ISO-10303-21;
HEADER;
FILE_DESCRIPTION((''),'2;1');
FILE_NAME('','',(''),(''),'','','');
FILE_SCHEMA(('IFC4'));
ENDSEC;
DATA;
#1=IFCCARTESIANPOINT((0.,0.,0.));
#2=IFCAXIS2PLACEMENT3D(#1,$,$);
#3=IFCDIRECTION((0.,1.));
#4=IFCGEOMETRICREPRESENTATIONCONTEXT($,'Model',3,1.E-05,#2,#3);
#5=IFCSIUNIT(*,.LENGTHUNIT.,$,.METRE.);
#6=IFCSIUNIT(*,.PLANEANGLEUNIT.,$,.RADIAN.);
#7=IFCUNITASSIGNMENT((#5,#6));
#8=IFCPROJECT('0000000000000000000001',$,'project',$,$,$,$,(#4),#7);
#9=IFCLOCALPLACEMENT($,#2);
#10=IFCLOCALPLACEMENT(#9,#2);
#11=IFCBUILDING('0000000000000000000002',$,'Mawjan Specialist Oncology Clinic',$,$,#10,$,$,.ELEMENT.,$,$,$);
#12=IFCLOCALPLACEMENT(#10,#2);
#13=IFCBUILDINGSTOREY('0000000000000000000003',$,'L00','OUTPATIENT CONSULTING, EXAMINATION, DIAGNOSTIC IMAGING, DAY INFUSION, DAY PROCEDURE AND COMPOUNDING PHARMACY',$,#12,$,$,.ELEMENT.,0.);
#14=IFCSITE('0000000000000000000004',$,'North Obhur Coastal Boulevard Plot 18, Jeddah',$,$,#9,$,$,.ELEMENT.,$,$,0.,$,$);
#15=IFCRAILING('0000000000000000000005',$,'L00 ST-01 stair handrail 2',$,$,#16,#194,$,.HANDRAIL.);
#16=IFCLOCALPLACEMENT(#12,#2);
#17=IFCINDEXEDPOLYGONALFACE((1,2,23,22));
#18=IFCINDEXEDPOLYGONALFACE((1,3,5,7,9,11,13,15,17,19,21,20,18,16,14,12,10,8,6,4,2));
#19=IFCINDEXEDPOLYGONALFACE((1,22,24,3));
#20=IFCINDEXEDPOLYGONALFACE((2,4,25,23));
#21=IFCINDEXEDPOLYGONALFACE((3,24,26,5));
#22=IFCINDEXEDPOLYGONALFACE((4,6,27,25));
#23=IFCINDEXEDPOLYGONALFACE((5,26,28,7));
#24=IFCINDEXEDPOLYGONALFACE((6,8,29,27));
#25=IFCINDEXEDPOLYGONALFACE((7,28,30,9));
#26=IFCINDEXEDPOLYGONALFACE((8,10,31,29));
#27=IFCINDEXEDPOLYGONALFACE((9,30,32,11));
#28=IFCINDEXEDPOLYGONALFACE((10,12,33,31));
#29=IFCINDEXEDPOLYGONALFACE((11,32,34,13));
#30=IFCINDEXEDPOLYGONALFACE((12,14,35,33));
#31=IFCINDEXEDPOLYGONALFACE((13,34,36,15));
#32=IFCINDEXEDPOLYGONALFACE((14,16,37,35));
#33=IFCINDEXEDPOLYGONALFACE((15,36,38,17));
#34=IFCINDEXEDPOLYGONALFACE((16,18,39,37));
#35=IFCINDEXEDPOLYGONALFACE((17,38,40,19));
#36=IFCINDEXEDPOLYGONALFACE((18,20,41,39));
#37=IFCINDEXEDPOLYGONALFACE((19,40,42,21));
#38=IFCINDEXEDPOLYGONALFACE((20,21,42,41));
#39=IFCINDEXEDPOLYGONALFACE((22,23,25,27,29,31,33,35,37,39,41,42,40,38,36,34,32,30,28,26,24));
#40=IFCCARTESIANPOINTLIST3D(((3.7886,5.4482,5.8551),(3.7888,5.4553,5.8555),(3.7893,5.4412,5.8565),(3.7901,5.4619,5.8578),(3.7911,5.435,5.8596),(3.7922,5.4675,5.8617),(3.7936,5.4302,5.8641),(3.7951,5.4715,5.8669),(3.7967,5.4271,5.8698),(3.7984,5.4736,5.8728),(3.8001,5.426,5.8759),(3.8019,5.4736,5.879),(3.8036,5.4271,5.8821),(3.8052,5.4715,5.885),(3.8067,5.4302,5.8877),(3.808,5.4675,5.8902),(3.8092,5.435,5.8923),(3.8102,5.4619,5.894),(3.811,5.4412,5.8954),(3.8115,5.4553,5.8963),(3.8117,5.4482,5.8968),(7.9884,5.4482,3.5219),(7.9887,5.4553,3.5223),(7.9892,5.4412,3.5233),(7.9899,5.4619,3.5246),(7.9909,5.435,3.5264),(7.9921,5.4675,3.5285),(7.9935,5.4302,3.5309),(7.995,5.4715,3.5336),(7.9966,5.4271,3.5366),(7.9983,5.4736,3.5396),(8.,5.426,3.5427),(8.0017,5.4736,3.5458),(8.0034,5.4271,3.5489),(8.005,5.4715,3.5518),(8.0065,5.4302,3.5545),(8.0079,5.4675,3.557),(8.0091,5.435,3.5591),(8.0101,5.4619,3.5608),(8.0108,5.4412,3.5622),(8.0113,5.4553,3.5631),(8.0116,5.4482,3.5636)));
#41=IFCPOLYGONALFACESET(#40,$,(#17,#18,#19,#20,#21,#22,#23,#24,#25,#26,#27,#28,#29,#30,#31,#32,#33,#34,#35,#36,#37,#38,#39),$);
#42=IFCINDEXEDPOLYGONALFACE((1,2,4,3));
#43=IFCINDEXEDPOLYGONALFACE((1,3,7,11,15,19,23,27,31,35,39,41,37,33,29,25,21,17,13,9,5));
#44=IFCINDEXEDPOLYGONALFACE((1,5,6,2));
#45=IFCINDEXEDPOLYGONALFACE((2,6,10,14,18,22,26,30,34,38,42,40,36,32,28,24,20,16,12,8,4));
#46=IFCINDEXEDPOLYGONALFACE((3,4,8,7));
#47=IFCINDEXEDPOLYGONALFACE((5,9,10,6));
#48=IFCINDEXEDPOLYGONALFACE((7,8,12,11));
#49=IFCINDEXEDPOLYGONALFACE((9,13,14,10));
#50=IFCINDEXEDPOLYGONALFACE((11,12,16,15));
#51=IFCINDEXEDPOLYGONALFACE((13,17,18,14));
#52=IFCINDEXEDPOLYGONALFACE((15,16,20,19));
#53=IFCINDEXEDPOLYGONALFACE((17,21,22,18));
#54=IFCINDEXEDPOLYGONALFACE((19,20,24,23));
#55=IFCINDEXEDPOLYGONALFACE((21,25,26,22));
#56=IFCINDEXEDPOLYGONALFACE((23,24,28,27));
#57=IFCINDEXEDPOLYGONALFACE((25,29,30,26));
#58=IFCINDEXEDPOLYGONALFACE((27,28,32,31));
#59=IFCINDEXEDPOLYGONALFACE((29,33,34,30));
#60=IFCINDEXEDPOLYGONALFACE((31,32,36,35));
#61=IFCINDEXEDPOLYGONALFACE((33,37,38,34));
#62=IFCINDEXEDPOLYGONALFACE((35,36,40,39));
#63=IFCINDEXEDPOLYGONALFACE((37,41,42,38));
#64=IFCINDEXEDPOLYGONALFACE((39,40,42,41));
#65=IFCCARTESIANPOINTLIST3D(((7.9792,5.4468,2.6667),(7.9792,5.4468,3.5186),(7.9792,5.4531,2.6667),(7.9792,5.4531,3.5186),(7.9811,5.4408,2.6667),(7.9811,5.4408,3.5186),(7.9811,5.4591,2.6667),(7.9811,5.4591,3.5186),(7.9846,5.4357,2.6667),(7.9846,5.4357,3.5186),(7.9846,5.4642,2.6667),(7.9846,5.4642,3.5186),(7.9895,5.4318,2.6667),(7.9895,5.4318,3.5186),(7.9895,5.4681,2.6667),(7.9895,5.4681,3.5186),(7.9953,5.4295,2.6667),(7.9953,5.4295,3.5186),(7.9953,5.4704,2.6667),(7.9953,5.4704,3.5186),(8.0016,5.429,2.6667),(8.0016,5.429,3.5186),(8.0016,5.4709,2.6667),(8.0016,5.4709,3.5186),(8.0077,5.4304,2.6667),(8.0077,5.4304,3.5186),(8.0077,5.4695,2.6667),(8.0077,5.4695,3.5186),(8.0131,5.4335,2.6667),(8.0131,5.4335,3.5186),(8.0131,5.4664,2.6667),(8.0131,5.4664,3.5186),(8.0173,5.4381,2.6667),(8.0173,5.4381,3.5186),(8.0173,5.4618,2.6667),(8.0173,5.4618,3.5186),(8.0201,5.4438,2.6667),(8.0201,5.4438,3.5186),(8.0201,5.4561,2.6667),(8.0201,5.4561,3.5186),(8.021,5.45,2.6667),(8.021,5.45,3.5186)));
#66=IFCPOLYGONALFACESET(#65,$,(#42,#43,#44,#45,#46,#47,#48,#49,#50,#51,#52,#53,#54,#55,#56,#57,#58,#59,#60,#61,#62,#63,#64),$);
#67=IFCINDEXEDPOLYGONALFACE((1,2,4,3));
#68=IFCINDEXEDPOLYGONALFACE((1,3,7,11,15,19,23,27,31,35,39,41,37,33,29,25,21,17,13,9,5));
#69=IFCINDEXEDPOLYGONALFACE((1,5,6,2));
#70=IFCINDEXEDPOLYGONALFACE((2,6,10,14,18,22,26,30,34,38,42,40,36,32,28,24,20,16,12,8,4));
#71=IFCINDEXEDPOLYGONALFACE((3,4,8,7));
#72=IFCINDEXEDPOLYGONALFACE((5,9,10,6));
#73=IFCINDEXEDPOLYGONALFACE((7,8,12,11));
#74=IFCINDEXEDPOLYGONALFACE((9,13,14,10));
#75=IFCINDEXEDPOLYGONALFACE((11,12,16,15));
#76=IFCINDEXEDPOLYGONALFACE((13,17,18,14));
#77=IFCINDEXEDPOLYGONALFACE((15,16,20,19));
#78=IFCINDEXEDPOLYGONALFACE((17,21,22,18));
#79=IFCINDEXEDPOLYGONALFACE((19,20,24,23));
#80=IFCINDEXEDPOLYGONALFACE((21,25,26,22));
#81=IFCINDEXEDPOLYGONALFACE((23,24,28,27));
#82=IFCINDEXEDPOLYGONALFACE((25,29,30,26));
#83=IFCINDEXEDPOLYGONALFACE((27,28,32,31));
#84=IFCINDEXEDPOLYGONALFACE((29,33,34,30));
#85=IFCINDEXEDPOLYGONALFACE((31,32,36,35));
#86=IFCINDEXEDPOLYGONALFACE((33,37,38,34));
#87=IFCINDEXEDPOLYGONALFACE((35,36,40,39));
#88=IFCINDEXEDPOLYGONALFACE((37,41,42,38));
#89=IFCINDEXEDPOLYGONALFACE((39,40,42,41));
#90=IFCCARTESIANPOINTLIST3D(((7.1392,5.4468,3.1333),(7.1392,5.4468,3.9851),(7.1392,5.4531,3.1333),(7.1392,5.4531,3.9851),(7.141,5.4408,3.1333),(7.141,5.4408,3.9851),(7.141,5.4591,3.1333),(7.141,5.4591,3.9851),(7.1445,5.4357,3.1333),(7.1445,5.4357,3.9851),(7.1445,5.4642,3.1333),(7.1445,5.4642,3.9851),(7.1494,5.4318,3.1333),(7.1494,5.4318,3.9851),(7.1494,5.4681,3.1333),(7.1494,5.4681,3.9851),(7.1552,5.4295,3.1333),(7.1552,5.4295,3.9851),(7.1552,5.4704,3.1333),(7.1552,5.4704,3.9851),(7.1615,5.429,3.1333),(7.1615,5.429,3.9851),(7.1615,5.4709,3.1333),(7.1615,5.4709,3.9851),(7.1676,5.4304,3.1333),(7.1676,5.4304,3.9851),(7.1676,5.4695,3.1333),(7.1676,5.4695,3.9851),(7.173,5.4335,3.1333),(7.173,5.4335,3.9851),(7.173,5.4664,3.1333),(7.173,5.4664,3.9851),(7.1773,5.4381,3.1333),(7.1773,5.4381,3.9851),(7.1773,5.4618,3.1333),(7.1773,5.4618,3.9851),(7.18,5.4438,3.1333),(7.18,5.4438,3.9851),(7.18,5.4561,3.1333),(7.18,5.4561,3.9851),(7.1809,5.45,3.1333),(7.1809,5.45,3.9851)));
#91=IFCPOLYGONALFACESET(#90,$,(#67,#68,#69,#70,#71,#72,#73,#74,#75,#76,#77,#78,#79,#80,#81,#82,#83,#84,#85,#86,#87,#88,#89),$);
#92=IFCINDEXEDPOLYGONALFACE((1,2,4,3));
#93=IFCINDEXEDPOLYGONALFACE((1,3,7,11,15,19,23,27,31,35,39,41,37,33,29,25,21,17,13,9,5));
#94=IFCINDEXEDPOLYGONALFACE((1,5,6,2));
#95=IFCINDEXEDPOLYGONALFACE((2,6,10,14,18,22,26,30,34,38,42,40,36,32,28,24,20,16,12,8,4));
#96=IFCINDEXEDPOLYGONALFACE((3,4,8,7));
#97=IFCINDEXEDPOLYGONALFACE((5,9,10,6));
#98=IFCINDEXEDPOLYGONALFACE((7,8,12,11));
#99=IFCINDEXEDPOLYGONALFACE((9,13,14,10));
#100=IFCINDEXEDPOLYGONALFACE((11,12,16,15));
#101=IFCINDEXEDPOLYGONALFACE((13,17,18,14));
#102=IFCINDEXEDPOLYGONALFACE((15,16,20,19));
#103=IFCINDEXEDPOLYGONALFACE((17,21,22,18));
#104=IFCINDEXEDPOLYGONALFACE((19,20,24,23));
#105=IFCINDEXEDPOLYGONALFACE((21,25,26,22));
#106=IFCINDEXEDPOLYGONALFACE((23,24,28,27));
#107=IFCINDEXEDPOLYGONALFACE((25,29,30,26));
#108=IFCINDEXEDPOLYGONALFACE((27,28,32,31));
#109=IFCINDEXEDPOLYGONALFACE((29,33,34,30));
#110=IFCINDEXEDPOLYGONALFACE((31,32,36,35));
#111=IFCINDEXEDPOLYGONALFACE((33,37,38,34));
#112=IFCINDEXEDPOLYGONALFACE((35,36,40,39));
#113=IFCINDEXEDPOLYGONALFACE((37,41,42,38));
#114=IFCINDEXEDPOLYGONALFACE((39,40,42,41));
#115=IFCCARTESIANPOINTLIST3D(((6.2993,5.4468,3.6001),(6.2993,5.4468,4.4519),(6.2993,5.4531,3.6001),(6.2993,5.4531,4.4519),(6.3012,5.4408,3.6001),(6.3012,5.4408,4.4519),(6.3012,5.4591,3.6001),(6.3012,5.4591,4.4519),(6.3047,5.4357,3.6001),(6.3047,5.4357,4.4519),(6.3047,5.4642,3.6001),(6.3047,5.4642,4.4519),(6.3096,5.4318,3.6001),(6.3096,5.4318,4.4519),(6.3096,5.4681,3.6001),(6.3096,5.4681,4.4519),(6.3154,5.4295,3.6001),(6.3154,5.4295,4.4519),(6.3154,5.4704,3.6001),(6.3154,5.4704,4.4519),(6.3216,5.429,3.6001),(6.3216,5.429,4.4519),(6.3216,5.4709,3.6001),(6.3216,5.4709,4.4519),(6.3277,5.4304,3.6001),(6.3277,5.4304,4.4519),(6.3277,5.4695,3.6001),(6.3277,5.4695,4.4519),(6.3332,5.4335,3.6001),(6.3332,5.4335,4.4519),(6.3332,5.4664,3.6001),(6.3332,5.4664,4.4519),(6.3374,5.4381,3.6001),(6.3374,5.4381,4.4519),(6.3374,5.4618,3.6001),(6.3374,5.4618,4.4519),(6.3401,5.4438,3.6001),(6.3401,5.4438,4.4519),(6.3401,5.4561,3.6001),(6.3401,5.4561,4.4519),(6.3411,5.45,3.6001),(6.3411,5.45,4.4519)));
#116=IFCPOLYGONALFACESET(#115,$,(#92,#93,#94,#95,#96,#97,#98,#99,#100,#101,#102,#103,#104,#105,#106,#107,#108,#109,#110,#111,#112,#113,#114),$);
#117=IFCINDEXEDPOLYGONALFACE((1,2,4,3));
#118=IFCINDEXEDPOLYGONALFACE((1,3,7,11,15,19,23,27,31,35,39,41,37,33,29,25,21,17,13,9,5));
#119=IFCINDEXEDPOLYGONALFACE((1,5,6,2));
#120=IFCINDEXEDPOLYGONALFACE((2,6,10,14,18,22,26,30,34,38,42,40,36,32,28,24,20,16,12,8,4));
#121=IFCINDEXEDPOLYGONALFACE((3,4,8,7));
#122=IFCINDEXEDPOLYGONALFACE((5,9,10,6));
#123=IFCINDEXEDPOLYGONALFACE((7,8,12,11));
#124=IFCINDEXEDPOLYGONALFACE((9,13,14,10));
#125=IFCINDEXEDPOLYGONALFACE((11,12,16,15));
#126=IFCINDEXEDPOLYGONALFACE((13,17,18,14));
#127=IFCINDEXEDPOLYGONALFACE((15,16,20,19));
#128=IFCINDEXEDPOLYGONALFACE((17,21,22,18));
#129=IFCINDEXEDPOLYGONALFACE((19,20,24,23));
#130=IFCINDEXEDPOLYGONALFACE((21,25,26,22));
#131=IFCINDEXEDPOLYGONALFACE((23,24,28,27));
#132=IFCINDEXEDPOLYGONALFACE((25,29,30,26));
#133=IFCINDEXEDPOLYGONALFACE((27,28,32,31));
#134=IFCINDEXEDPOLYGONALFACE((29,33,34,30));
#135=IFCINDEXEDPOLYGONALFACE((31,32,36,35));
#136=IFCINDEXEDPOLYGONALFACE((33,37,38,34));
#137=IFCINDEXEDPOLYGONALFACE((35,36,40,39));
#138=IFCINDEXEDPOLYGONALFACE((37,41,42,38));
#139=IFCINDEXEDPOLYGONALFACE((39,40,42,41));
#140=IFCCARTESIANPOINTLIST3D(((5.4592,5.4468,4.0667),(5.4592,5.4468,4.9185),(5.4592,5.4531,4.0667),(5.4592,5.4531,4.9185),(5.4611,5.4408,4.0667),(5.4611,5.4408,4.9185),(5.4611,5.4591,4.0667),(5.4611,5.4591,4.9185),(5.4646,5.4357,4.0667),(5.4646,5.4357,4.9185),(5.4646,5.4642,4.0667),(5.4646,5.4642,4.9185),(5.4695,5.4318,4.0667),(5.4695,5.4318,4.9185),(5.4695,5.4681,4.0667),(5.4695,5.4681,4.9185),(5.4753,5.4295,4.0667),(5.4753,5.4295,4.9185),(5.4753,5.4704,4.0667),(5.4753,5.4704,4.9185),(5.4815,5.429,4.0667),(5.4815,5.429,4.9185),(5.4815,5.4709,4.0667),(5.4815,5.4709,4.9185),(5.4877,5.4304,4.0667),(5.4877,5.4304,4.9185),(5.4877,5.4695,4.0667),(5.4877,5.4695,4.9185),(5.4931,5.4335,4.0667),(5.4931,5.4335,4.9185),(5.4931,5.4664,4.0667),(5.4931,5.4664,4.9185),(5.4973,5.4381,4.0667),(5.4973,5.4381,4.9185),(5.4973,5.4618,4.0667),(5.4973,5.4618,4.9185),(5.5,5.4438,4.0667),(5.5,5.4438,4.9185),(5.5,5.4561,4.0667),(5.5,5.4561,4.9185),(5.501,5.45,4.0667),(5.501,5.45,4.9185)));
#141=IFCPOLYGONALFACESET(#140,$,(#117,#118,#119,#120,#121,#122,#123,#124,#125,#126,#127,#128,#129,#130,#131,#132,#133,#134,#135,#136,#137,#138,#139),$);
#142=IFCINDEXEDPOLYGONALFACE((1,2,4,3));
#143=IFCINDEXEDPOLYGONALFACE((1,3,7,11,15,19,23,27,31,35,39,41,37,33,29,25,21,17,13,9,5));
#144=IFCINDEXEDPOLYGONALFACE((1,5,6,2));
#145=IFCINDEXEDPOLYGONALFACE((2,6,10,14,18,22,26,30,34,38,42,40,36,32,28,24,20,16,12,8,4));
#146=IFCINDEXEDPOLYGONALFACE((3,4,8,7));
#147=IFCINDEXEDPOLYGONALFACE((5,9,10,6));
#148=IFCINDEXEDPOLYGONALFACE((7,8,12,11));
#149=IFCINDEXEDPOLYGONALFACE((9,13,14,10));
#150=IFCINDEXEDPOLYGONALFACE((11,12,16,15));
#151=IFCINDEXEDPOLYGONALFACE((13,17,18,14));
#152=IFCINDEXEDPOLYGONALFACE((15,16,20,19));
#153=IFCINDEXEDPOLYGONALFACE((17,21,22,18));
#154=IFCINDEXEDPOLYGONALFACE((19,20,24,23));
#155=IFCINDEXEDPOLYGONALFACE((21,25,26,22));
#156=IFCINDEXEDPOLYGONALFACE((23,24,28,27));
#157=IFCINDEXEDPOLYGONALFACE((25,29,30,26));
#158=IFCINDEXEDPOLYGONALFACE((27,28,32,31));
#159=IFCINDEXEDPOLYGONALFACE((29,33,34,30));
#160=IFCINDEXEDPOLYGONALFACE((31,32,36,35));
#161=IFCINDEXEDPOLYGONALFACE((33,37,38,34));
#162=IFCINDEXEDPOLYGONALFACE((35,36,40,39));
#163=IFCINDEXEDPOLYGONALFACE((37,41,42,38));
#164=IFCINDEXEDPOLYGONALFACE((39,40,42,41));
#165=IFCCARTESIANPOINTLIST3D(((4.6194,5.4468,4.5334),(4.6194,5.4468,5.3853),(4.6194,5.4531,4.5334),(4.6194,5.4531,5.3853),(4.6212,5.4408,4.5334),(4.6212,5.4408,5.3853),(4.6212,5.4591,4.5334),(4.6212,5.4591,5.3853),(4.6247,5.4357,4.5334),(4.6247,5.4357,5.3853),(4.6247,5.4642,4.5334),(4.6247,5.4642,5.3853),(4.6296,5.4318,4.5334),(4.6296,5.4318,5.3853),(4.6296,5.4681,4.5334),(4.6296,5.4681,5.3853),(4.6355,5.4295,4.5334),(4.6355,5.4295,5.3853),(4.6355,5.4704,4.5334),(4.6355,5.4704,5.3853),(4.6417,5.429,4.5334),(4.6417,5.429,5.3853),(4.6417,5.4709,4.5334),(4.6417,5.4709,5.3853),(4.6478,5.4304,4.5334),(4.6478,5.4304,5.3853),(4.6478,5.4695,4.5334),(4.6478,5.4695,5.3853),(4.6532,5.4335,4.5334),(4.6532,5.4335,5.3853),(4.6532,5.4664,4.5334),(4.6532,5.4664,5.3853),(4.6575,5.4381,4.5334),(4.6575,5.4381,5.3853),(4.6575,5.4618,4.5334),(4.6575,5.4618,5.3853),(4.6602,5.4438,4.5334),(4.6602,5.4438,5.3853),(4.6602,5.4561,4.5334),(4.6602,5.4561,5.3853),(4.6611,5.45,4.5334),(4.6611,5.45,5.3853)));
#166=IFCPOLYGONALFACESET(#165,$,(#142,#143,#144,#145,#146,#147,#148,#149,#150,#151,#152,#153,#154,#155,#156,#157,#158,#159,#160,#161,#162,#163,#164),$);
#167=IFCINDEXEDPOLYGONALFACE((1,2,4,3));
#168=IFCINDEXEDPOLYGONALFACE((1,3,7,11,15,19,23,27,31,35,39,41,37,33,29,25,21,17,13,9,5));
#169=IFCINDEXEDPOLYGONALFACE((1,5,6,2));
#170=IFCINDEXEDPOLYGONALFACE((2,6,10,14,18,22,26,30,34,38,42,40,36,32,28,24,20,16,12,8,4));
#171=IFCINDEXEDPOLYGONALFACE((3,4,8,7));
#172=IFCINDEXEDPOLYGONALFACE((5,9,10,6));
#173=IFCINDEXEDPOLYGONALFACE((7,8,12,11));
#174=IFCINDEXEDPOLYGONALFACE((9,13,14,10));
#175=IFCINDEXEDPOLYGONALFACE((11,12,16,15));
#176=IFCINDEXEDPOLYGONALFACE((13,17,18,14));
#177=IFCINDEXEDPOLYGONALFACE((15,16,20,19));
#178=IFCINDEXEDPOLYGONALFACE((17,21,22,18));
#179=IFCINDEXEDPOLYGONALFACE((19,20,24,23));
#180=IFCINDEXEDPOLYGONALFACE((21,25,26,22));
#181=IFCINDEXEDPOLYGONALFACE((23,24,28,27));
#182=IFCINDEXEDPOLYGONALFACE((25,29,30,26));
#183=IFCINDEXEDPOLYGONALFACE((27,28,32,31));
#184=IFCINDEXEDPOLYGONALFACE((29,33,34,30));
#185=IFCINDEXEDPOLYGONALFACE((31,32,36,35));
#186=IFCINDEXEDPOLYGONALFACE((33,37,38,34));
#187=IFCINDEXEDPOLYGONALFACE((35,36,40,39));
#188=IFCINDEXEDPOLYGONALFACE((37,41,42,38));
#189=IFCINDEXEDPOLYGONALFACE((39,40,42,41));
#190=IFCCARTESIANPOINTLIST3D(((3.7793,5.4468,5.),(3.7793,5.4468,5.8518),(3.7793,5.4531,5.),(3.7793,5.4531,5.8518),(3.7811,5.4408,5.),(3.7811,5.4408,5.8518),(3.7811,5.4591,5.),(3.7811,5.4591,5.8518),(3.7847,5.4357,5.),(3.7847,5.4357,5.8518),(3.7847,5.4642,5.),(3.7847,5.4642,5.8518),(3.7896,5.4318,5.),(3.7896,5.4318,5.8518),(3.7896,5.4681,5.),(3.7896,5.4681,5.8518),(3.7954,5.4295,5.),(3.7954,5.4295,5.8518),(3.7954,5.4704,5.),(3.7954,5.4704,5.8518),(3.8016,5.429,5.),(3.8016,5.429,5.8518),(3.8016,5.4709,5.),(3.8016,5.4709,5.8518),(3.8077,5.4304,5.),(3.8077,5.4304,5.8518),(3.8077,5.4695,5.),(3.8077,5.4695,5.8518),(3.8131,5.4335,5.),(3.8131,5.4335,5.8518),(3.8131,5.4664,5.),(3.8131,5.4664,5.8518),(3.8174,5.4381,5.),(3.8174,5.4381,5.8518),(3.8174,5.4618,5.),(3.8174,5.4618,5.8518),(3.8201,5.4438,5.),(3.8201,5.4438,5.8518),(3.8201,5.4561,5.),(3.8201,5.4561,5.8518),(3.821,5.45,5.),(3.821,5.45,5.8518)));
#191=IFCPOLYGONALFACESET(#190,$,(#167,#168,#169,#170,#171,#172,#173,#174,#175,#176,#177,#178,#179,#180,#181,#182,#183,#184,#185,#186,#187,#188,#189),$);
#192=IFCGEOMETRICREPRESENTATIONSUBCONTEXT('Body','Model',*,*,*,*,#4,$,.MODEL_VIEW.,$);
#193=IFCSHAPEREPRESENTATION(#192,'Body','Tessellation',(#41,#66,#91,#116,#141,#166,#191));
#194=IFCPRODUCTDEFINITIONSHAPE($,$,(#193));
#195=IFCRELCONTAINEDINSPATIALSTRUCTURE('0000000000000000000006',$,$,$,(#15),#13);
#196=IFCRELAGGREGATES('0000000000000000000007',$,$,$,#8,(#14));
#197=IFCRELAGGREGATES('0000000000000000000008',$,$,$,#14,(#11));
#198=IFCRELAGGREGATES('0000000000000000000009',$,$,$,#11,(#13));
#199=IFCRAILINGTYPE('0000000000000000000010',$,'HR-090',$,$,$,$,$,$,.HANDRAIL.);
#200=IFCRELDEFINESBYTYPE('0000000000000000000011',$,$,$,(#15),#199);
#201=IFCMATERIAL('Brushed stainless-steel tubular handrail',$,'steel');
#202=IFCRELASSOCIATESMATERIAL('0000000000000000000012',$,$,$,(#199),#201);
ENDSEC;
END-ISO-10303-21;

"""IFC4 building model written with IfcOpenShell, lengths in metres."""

from ifc_helpers import new_model, si_unit, direction, frame, origin, origin_2d, place, context, subcontext, project, spatial, circle, extrude, material, type_object, element, save


model = new_model("IFC4")

# Units and contexts
model_context = context("Model", 3, precision=1e-05, world=origin(), true_north=direction((0.0, 1.0)))
body_context = subcontext(model_context, "Body", "Model", "MODEL_VIEW")
ifc_project = project(units=[si_unit("LENGTHUNIT", "METRE"), si_unit("PLANEANGLEUNIT", "RADIAN")], contexts=[model_context])

# Site, building, storey
site_placement = place(None, origin())
site = spatial("IfcSite", under=ifc_project, at=site_placement, Name="North Obhur Coastal Boulevard Plot 18, Jeddah", CompositionType="ELEMENT", RefElevation=0.0)
building_placement = place(site_placement, origin())
building = spatial("IfcBuilding", under=site, at=building_placement, Name="Mawjan Specialist Oncology Clinic", CompositionType="ELEMENT")
storey_placement = place(building_placement, origin())
storey = spatial("IfcBuildingStorey", under=building, at=storey_placement, Name="L00", Description="OUTPATIENT CONSULTING, EXAMINATION, DIAGNOSTIC IMAGING, DAY INFUSION, DAY PROCEDURE AND COMPOUNDING PHARMACY", CompositionType="ELEMENT", Elevation=0.0)

# Railing
ifc_material_1 = material(Name="Brushed stainless-steel tubular handrail", Category="steel")
railing_type = type_object("IfcRailingType", Name="HR-090", PredefinedType="HANDRAIL", material=ifc_material_1)
railing_placement = place(storey_placement, frame((8.0, 5.45, 2.6667)))
element("IfcRailing", 1, at=railing_placement, inside=storey, type_object=railing_type, Name="L00 ST-01 stair handrail 2", PredefinedType="HANDRAIL", context=body_context, shape_type="SweptSolid", body=[
    extrude(circle(Radius=0.0239, at=origin_2d()), frame((0.0, 0.0, 0.876), z_axis=(-0.874162, 0.0, 0.485634), x_axis=(0.0, -1.0, 0.0)), (0.0, 0.0, 1.0), 4.8044),
    extrude(circle(Radius=0.021, at=origin_2d()), origin(), (0.0, 0.0, 1.0), 0.8518),
    extrude(circle(Radius=0.021, at=origin_2d()), frame((-0.8401, 0.0, 0.4666)), (0.0, 0.0, 1.0), 0.8518),
    extrude(circle(Radius=0.021, at=origin_2d()), frame((-1.6799, 0.0, 0.9333)), (0.0, 0.0, 1.0), 0.8518),
    extrude(circle(Radius=0.021, at=origin_2d()), frame((-2.52, 0.0, 1.3999)), (0.0, 0.0, 1.0), 0.8518),
    extrude(circle(Radius=0.021, at=origin_2d()), frame((-3.3599, 0.0, 1.8667)), (0.0, 0.0, 1.0), 0.8518),
    extrude(circle(Radius=0.021, at=origin_2d()), frame((-4.2, 0.0, 2.3333)), (0.0, 0.0, 1.0), 0.8518),
])

save(model, "model.ifc")
